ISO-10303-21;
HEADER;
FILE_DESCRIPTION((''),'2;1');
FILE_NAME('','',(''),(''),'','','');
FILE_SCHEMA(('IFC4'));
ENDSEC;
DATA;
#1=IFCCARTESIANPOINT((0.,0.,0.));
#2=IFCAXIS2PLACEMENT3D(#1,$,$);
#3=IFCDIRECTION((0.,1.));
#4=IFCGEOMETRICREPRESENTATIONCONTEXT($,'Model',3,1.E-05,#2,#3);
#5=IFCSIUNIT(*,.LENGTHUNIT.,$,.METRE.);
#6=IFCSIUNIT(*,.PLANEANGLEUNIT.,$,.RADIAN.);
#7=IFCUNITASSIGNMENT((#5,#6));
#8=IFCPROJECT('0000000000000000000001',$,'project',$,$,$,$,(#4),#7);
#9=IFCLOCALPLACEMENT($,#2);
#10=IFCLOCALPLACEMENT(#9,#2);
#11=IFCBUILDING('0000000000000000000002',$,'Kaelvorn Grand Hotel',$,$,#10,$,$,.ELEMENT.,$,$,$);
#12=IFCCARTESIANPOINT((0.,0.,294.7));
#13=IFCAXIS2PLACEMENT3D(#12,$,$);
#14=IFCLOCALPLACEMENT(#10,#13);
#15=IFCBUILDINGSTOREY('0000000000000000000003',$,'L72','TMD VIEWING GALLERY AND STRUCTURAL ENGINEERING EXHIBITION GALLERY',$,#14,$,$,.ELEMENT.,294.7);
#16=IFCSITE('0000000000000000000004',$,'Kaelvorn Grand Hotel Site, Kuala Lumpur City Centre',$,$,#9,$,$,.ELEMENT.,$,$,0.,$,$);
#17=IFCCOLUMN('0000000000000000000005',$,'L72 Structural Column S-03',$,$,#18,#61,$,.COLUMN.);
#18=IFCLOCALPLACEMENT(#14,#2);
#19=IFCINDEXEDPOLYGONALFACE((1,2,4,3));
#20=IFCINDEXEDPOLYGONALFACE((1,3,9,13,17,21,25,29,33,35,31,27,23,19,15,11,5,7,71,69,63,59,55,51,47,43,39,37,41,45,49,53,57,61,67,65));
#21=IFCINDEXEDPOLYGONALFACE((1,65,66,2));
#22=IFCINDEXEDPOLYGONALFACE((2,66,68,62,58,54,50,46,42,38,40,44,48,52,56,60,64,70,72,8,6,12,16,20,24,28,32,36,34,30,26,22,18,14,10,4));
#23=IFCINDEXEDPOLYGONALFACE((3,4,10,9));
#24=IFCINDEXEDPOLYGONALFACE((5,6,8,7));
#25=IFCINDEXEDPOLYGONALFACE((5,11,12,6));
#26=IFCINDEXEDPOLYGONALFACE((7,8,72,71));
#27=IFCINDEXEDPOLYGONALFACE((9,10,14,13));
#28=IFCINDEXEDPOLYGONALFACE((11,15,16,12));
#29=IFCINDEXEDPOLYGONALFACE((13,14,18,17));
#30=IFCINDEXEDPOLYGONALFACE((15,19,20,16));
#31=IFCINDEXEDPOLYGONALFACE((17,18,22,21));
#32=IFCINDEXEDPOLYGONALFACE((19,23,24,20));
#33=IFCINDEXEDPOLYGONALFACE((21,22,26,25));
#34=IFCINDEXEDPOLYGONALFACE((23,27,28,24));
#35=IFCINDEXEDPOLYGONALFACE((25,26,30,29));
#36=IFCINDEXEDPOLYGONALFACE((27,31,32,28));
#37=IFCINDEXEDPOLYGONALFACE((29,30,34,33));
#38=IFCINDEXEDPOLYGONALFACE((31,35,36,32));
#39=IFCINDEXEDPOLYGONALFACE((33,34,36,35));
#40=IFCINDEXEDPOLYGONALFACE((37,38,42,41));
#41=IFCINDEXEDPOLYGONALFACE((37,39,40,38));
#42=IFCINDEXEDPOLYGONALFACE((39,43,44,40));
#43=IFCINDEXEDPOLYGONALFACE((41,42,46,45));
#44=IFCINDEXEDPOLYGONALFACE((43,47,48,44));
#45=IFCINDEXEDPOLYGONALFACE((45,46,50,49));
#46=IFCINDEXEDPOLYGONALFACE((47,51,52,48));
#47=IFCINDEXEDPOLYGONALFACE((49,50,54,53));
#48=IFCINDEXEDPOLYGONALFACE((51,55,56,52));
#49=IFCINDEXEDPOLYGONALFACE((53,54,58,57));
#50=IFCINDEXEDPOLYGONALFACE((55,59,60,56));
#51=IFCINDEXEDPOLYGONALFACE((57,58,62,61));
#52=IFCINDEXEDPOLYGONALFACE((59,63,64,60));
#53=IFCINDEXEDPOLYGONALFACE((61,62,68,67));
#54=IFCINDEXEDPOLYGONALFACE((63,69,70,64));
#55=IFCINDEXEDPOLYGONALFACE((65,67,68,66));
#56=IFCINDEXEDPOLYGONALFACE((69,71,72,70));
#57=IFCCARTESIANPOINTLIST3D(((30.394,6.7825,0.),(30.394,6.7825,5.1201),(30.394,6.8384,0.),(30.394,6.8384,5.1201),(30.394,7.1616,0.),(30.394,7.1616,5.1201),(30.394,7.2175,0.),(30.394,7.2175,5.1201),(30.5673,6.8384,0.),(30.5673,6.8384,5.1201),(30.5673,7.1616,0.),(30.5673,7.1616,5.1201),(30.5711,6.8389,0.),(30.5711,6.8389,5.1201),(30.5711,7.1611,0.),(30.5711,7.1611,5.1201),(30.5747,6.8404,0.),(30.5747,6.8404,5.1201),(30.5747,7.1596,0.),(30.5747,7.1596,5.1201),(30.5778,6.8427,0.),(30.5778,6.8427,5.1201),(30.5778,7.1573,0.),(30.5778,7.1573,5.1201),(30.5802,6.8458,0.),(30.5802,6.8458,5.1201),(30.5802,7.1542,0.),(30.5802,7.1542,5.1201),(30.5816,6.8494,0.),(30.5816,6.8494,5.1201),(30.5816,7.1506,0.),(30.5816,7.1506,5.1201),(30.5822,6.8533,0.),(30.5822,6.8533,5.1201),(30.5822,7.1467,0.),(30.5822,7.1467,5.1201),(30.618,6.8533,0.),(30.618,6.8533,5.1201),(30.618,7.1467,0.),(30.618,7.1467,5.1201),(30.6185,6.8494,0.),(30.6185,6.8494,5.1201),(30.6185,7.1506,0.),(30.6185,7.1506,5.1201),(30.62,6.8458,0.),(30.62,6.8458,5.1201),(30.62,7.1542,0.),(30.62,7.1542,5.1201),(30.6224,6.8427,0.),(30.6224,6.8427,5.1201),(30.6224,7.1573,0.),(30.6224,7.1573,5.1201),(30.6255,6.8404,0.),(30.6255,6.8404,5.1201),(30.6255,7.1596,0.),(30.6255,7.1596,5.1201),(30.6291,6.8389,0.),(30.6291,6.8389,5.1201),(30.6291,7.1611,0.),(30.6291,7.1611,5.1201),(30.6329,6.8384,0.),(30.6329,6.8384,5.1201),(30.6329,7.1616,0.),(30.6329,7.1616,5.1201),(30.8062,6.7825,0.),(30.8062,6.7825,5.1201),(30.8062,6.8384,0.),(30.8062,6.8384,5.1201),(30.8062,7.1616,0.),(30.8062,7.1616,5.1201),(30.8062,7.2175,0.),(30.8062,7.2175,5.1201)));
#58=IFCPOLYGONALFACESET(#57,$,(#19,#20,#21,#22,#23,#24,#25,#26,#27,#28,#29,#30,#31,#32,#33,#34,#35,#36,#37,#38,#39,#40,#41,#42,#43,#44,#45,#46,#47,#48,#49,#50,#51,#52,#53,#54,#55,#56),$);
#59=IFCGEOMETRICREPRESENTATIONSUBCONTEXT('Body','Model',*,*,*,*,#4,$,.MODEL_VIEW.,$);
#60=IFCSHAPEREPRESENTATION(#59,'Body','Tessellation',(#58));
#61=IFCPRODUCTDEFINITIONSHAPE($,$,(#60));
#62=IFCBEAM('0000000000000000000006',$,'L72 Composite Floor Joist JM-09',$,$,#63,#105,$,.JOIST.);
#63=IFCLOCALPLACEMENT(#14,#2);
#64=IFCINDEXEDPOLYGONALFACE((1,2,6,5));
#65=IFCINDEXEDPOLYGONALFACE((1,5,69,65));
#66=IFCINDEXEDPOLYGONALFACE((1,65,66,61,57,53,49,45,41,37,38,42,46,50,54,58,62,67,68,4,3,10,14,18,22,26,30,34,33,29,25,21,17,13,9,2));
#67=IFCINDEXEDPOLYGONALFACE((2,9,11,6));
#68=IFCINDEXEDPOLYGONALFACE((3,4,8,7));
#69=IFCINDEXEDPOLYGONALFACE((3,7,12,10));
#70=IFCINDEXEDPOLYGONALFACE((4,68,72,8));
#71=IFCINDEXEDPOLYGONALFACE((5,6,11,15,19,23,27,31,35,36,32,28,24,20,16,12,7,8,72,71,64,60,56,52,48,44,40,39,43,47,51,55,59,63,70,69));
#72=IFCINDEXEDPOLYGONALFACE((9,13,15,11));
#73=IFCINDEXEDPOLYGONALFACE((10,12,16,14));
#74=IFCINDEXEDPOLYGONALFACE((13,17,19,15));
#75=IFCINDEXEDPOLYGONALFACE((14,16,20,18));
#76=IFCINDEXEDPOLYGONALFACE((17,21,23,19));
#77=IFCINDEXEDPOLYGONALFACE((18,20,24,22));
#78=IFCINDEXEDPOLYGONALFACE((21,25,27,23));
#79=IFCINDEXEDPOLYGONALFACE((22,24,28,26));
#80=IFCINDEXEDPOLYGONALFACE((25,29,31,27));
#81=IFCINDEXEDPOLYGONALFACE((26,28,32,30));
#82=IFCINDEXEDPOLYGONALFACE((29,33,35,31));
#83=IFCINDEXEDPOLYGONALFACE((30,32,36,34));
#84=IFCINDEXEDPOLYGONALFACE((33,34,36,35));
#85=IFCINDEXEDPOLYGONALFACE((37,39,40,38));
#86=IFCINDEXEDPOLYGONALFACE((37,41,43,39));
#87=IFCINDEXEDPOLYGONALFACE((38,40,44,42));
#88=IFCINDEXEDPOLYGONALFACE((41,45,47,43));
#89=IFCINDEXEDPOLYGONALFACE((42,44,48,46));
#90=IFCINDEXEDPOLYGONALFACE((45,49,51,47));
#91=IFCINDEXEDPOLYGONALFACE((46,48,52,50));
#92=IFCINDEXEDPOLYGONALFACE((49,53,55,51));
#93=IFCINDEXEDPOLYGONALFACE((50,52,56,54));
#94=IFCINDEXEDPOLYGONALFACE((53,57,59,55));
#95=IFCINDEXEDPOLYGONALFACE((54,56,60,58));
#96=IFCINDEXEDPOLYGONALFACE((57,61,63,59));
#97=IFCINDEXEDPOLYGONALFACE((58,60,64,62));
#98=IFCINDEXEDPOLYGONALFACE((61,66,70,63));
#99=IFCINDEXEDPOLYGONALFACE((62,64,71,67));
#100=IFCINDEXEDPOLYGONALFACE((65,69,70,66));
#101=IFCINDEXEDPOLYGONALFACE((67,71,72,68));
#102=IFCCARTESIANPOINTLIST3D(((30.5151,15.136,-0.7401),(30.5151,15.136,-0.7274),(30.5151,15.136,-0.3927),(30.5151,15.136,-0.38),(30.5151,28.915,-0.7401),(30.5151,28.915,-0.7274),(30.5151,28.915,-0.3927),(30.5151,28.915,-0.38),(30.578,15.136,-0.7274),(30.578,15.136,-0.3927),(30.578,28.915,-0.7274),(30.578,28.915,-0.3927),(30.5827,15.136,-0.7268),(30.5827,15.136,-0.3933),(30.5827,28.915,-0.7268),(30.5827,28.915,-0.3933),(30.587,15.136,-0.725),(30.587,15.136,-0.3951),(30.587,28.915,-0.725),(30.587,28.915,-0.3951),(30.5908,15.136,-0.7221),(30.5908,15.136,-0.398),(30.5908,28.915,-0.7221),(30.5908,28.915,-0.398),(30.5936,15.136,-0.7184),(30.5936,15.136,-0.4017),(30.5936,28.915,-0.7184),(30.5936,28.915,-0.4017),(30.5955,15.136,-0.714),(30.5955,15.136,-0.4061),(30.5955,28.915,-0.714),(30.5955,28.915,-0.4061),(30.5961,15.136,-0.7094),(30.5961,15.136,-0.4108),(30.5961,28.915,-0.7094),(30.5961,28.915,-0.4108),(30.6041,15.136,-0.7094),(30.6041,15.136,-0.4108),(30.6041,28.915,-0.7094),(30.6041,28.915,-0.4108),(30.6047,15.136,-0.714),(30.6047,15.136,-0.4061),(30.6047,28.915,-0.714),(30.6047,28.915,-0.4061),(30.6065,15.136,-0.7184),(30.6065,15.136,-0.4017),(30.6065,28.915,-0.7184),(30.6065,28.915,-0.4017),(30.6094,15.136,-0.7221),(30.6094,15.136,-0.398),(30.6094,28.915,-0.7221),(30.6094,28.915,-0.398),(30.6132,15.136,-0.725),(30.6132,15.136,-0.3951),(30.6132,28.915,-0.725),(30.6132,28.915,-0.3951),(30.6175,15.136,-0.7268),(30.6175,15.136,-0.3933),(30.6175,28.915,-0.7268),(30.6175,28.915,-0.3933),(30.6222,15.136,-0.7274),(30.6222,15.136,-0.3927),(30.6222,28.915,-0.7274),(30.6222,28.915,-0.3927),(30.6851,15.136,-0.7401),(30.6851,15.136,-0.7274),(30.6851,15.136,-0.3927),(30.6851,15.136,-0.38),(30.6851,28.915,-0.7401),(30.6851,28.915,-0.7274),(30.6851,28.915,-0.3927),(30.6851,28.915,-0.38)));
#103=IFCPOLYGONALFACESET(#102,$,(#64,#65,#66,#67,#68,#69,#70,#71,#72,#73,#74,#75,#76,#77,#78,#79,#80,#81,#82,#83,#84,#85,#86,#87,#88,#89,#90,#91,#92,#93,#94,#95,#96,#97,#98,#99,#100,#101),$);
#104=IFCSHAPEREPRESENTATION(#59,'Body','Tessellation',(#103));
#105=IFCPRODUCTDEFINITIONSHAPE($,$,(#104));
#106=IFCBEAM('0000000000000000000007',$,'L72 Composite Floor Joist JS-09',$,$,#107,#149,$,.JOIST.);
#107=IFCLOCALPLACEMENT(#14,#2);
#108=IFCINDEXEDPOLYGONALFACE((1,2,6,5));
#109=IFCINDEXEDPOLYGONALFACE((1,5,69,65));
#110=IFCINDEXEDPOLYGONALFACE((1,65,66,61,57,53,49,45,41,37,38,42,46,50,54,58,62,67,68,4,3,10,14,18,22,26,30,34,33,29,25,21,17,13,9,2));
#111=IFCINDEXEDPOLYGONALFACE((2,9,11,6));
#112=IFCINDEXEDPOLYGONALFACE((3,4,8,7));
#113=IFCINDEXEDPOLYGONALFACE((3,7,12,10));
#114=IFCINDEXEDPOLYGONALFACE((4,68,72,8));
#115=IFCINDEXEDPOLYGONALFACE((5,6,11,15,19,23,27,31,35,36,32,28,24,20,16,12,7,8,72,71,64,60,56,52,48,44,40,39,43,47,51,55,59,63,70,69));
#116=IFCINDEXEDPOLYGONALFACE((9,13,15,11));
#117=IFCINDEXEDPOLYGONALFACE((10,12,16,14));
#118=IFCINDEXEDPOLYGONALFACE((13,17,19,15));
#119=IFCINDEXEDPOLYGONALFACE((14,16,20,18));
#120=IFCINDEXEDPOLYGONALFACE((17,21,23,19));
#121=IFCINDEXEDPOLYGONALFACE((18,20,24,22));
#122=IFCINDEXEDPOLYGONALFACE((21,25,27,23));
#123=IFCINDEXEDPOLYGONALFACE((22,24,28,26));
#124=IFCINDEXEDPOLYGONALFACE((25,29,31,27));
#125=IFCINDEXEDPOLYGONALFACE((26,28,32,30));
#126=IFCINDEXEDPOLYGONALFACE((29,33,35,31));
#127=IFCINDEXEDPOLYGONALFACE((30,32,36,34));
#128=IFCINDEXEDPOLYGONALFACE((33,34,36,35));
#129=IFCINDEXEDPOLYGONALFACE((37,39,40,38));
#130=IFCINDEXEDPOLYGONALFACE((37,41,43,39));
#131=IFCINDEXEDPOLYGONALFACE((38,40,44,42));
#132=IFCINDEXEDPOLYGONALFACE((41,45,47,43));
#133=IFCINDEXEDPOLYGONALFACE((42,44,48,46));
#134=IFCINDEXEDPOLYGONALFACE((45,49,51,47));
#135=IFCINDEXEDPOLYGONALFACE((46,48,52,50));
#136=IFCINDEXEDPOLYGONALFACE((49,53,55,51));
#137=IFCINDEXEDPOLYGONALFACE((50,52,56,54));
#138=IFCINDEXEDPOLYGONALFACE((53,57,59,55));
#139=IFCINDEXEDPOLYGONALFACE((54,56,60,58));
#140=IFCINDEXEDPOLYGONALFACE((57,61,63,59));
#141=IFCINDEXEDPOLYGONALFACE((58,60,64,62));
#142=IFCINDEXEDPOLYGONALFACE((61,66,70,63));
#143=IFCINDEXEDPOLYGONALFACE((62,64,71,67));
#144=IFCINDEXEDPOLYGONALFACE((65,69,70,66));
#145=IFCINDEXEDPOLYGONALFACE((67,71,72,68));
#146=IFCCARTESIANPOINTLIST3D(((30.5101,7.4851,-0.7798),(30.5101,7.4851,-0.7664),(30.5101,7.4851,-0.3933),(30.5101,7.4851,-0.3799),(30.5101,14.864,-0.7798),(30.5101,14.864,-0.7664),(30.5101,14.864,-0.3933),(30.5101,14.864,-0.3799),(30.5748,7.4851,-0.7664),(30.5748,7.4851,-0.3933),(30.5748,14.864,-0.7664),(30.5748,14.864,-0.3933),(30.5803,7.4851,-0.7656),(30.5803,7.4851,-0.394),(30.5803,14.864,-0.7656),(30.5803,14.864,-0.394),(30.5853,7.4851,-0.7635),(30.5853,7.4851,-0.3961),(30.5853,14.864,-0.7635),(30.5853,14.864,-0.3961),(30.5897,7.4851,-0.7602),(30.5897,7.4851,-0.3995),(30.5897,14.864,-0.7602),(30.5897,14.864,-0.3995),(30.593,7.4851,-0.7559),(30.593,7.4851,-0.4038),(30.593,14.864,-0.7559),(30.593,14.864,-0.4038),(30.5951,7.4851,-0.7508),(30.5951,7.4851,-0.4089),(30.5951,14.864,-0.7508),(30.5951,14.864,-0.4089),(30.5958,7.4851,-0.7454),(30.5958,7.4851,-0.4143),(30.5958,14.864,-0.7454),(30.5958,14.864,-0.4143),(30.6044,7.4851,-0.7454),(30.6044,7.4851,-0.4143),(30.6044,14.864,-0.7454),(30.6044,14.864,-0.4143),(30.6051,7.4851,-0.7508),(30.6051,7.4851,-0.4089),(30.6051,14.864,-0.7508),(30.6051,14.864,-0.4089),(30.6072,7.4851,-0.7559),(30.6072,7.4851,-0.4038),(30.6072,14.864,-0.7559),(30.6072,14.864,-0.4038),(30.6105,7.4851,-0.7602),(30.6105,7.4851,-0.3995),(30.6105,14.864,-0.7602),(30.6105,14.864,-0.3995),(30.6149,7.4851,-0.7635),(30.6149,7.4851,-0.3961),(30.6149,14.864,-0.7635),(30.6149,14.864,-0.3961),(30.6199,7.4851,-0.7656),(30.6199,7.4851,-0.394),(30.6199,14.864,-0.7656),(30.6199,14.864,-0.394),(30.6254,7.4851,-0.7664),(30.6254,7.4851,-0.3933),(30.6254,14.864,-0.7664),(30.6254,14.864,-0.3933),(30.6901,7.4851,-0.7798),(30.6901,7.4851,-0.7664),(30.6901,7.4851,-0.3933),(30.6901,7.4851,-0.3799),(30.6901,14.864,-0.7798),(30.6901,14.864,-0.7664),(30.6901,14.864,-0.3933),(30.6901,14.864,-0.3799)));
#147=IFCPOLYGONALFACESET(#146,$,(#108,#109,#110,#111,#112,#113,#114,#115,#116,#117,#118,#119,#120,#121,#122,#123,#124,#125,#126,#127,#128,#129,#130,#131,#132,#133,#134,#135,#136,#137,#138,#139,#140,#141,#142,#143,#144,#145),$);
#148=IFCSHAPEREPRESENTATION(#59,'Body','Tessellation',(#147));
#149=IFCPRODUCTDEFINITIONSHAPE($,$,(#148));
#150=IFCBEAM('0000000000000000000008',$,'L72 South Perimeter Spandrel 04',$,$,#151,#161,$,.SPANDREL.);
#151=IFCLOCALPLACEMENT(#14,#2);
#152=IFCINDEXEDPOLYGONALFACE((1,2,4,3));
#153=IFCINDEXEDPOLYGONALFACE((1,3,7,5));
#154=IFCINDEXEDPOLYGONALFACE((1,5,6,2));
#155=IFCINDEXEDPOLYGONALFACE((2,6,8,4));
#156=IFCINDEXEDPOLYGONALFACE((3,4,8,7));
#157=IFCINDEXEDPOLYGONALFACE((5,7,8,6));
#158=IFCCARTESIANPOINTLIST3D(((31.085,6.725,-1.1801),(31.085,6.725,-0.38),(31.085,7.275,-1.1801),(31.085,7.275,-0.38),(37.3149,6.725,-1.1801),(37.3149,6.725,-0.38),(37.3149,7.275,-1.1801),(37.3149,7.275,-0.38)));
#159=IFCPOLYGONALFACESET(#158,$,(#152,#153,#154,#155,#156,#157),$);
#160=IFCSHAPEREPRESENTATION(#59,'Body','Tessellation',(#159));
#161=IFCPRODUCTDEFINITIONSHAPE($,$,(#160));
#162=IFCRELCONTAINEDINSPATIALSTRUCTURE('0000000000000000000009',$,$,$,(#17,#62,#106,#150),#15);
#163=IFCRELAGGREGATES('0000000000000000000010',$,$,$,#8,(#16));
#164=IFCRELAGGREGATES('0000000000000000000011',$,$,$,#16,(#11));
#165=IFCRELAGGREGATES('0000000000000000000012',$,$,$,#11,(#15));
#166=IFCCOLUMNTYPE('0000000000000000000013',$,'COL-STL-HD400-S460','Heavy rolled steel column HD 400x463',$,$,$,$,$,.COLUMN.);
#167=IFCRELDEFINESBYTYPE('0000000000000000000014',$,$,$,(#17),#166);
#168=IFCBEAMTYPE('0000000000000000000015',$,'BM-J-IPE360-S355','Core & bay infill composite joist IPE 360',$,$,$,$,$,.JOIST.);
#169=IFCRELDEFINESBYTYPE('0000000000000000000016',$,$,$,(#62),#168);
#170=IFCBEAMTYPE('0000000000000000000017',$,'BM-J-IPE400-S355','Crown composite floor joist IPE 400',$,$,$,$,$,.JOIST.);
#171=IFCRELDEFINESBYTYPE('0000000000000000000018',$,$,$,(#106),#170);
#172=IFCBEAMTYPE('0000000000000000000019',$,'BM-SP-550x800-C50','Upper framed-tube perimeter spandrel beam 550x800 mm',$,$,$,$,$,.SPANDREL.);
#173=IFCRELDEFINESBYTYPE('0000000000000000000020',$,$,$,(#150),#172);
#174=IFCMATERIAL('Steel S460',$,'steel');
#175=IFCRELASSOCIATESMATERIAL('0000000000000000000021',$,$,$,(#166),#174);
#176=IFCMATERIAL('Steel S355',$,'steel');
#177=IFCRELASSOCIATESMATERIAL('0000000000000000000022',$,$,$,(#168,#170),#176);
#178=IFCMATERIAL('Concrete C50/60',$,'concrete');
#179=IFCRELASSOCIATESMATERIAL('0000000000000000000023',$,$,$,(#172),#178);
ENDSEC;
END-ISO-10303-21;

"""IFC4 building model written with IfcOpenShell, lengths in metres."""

from ifc_helpers import new_model, si_unit, direction, frame, origin, origin_2d, place, context, subcontext, project, spatial, rectangle, i_section, extrude, material, material_profile, profile_set, type_object, element, save


model = new_model("IFC4")

# Units and contexts
model_context = context("Model", 3, precision=1e-05, world=origin(), true_north=direction((0.0, 1.0)))
body_context = subcontext(model_context, "Body", "Model", "MODEL_VIEW")
ifc_project = project(units=[si_unit("LENGTHUNIT", "METRE"), si_unit("PLANEANGLEUNIT", "RADIAN")], contexts=[model_context])

# Site, building, storey
site_placement = place(None, origin())
site = spatial("IfcSite", under=ifc_project, at=site_placement, Name="Kaelvorn Grand Hotel Site, Kuala Lumpur City Centre", CompositionType="ELEMENT", RefElevation=0.0)
building_placement = place(site_placement, origin())
building = spatial("IfcBuilding", under=site, at=building_placement, Name="Kaelvorn Grand Hotel", CompositionType="ELEMENT")
storey_placement = place(building_placement, frame((0.0, 0.0, 294.7)))
storey = spatial("IfcBuildingStorey", under=building, at=storey_placement, Name="L72", Description="TMD VIEWING GALLERY AND STRUCTURAL ENGINEERING EXHIBITION GALLERY", CompositionType="ELEMENT", Elevation=294.7)

# Column
ifc_material_1 = material(Name="Steel S460", Category="steel")
ifc_material_profile_1 = material_profile(ifc_material_1, i_section(OverallWidth=0.4121, OverallDepth=0.4351, WebThickness=0.0359, FlangeThickness=0.0559, FilletRadius=0.0149, at=origin_2d()), Name="HD 400x463")
ifc_profile_set_1 = profile_set([ifc_material_profile_1], Name="Steel S460")
column_type = type_object("IfcColumnType", Name="COL-STL-HD400-S460", Description="Heavy rolled steel column HD 400x463", PredefinedType="COLUMN", material=ifc_profile_set_1)
column_placement = place(storey_placement, frame((30.6001, 7.0, 0.0), z_axis=(0.0, 0.0, 1.0), x_axis=(1.0, 0.0, 0.0)))
element("IfcColumn", 1, at=column_placement, inside=storey, type_object=column_type, Name="L72 Structural Column S-03", PredefinedType="COLUMN", context=body_context, shape_type="SweptSolid", body=[
    extrude(i_section(OverallWidth=0.4121, OverallDepth=0.4351, WebThickness=0.0359, FlangeThickness=0.0559, FilletRadius=0.0149, at=origin_2d()), origin(), (0.0, 0.0, 1.0), 5.1201),
])

# Beams
ifc_material_2 = material(Name="Steel S355", Category="steel")
ifc_material_profile_2 = material_profile(ifc_material_2, i_section(OverallWidth=0.1699, OverallDepth=0.3601, WebThickness=0.0081, FlangeThickness=0.0127, FilletRadius=0.0181, at=origin_2d()), Name="IPE 360")
ifc_profile_set_2 = profile_set([ifc_material_profile_2], Name="Steel S355")
beam_type_1 = type_object("IfcBeamType", Name="BM-J-IPE360-S355", Description="Core & bay infill composite joist IPE 360", PredefinedType="JOIST", material=ifc_profile_set_2)
beam_1_placement = place(storey_placement, frame((30.6001, 15.136, -0.5601), z_axis=(0.0, 1.0, 0.0), x_axis=(-1.0, 0.0, 0.0)))
element("IfcBeam", 2, at=beam_1_placement, inside=storey, type_object=beam_type_1, Name="L72 Composite Floor Joist JM-09", PredefinedType="JOIST", context=body_context, shape_type="SweptSolid", body=[
    extrude(i_section(OverallWidth=0.1699, OverallDepth=0.3601, WebThickness=0.0081, FlangeThickness=0.0127, FilletRadius=0.0181, at=origin_2d()), origin(), (0.0, 0.0, 1.0), 13.7791),
])
ifc_material_profile_3 = material_profile(ifc_material_2, i_section(OverallWidth=0.1799, OverallDepth=0.3999, WebThickness=0.0085, FlangeThickness=0.0134, FilletRadius=0.021, at=origin_2d()), Name="IPE 400")
ifc_profile_set_3 = profile_set([ifc_material_profile_3], Name="Steel S355")
beam_type_2 = type_object("IfcBeamType", Name="BM-J-IPE400-S355", Description="Crown composite floor joist IPE 400", PredefinedType="JOIST", material=ifc_profile_set_3)
beam_2_placement = place(storey_placement, frame((30.6001, 7.4851, -0.5798), z_axis=(0.0, 1.0, 0.0), x_axis=(-1.0, 0.0, 0.0)))
element("IfcBeam", 3, at=beam_2_placement, inside=storey, type_object=beam_type_2, Name="L72 Composite Floor Joist JS-09", PredefinedType="JOIST", context=body_context, shape_type="SweptSolid", body=[
    extrude(i_section(OverallWidth=0.1799, OverallDepth=0.3999, WebThickness=0.0085, FlangeThickness=0.0134, FilletRadius=0.021, at=origin_2d()), origin(), (0.0, 0.0, 1.0), 7.3789),
])
ifc_material_3 = material(Name="Concrete C50/60", Category="concrete")
ifc_material_profile_4 = material_profile(ifc_material_3, rectangle(XDim=0.55, YDim=0.8, at=origin_2d()), Name="RC SPANDREL 550x800")
ifc_profile_set_4 = profile_set([ifc_material_profile_4], Name="Concrete C50/60")
beam_type_3 = type_object("IfcBeamType", Name="BM-SP-550x800-C50", Description="Upper framed-tube perimeter spandrel beam 550x800 mm", PredefinedType="SPANDREL", material=ifc_profile_set_4)
beam_3_placement = place(storey_placement, frame((31.085, 7.0, -0.78), z_axis=(1.0, 0.0, 0.0), x_axis=(0.0, 1.0, 0.0)))
element("IfcBeam", 4, at=beam_3_placement, inside=storey, type_object=beam_type_3, Name="L72 South Perimeter Spandrel 04", PredefinedType="SPANDREL", context=body_context, shape_type="SweptSolid", body=[
    extrude(rectangle(XDim=0.55, YDim=0.8, at=origin_2d()), origin(), (0.0, 0.0, 1.0), 6.23),
])

save(model, "model.ifc")
